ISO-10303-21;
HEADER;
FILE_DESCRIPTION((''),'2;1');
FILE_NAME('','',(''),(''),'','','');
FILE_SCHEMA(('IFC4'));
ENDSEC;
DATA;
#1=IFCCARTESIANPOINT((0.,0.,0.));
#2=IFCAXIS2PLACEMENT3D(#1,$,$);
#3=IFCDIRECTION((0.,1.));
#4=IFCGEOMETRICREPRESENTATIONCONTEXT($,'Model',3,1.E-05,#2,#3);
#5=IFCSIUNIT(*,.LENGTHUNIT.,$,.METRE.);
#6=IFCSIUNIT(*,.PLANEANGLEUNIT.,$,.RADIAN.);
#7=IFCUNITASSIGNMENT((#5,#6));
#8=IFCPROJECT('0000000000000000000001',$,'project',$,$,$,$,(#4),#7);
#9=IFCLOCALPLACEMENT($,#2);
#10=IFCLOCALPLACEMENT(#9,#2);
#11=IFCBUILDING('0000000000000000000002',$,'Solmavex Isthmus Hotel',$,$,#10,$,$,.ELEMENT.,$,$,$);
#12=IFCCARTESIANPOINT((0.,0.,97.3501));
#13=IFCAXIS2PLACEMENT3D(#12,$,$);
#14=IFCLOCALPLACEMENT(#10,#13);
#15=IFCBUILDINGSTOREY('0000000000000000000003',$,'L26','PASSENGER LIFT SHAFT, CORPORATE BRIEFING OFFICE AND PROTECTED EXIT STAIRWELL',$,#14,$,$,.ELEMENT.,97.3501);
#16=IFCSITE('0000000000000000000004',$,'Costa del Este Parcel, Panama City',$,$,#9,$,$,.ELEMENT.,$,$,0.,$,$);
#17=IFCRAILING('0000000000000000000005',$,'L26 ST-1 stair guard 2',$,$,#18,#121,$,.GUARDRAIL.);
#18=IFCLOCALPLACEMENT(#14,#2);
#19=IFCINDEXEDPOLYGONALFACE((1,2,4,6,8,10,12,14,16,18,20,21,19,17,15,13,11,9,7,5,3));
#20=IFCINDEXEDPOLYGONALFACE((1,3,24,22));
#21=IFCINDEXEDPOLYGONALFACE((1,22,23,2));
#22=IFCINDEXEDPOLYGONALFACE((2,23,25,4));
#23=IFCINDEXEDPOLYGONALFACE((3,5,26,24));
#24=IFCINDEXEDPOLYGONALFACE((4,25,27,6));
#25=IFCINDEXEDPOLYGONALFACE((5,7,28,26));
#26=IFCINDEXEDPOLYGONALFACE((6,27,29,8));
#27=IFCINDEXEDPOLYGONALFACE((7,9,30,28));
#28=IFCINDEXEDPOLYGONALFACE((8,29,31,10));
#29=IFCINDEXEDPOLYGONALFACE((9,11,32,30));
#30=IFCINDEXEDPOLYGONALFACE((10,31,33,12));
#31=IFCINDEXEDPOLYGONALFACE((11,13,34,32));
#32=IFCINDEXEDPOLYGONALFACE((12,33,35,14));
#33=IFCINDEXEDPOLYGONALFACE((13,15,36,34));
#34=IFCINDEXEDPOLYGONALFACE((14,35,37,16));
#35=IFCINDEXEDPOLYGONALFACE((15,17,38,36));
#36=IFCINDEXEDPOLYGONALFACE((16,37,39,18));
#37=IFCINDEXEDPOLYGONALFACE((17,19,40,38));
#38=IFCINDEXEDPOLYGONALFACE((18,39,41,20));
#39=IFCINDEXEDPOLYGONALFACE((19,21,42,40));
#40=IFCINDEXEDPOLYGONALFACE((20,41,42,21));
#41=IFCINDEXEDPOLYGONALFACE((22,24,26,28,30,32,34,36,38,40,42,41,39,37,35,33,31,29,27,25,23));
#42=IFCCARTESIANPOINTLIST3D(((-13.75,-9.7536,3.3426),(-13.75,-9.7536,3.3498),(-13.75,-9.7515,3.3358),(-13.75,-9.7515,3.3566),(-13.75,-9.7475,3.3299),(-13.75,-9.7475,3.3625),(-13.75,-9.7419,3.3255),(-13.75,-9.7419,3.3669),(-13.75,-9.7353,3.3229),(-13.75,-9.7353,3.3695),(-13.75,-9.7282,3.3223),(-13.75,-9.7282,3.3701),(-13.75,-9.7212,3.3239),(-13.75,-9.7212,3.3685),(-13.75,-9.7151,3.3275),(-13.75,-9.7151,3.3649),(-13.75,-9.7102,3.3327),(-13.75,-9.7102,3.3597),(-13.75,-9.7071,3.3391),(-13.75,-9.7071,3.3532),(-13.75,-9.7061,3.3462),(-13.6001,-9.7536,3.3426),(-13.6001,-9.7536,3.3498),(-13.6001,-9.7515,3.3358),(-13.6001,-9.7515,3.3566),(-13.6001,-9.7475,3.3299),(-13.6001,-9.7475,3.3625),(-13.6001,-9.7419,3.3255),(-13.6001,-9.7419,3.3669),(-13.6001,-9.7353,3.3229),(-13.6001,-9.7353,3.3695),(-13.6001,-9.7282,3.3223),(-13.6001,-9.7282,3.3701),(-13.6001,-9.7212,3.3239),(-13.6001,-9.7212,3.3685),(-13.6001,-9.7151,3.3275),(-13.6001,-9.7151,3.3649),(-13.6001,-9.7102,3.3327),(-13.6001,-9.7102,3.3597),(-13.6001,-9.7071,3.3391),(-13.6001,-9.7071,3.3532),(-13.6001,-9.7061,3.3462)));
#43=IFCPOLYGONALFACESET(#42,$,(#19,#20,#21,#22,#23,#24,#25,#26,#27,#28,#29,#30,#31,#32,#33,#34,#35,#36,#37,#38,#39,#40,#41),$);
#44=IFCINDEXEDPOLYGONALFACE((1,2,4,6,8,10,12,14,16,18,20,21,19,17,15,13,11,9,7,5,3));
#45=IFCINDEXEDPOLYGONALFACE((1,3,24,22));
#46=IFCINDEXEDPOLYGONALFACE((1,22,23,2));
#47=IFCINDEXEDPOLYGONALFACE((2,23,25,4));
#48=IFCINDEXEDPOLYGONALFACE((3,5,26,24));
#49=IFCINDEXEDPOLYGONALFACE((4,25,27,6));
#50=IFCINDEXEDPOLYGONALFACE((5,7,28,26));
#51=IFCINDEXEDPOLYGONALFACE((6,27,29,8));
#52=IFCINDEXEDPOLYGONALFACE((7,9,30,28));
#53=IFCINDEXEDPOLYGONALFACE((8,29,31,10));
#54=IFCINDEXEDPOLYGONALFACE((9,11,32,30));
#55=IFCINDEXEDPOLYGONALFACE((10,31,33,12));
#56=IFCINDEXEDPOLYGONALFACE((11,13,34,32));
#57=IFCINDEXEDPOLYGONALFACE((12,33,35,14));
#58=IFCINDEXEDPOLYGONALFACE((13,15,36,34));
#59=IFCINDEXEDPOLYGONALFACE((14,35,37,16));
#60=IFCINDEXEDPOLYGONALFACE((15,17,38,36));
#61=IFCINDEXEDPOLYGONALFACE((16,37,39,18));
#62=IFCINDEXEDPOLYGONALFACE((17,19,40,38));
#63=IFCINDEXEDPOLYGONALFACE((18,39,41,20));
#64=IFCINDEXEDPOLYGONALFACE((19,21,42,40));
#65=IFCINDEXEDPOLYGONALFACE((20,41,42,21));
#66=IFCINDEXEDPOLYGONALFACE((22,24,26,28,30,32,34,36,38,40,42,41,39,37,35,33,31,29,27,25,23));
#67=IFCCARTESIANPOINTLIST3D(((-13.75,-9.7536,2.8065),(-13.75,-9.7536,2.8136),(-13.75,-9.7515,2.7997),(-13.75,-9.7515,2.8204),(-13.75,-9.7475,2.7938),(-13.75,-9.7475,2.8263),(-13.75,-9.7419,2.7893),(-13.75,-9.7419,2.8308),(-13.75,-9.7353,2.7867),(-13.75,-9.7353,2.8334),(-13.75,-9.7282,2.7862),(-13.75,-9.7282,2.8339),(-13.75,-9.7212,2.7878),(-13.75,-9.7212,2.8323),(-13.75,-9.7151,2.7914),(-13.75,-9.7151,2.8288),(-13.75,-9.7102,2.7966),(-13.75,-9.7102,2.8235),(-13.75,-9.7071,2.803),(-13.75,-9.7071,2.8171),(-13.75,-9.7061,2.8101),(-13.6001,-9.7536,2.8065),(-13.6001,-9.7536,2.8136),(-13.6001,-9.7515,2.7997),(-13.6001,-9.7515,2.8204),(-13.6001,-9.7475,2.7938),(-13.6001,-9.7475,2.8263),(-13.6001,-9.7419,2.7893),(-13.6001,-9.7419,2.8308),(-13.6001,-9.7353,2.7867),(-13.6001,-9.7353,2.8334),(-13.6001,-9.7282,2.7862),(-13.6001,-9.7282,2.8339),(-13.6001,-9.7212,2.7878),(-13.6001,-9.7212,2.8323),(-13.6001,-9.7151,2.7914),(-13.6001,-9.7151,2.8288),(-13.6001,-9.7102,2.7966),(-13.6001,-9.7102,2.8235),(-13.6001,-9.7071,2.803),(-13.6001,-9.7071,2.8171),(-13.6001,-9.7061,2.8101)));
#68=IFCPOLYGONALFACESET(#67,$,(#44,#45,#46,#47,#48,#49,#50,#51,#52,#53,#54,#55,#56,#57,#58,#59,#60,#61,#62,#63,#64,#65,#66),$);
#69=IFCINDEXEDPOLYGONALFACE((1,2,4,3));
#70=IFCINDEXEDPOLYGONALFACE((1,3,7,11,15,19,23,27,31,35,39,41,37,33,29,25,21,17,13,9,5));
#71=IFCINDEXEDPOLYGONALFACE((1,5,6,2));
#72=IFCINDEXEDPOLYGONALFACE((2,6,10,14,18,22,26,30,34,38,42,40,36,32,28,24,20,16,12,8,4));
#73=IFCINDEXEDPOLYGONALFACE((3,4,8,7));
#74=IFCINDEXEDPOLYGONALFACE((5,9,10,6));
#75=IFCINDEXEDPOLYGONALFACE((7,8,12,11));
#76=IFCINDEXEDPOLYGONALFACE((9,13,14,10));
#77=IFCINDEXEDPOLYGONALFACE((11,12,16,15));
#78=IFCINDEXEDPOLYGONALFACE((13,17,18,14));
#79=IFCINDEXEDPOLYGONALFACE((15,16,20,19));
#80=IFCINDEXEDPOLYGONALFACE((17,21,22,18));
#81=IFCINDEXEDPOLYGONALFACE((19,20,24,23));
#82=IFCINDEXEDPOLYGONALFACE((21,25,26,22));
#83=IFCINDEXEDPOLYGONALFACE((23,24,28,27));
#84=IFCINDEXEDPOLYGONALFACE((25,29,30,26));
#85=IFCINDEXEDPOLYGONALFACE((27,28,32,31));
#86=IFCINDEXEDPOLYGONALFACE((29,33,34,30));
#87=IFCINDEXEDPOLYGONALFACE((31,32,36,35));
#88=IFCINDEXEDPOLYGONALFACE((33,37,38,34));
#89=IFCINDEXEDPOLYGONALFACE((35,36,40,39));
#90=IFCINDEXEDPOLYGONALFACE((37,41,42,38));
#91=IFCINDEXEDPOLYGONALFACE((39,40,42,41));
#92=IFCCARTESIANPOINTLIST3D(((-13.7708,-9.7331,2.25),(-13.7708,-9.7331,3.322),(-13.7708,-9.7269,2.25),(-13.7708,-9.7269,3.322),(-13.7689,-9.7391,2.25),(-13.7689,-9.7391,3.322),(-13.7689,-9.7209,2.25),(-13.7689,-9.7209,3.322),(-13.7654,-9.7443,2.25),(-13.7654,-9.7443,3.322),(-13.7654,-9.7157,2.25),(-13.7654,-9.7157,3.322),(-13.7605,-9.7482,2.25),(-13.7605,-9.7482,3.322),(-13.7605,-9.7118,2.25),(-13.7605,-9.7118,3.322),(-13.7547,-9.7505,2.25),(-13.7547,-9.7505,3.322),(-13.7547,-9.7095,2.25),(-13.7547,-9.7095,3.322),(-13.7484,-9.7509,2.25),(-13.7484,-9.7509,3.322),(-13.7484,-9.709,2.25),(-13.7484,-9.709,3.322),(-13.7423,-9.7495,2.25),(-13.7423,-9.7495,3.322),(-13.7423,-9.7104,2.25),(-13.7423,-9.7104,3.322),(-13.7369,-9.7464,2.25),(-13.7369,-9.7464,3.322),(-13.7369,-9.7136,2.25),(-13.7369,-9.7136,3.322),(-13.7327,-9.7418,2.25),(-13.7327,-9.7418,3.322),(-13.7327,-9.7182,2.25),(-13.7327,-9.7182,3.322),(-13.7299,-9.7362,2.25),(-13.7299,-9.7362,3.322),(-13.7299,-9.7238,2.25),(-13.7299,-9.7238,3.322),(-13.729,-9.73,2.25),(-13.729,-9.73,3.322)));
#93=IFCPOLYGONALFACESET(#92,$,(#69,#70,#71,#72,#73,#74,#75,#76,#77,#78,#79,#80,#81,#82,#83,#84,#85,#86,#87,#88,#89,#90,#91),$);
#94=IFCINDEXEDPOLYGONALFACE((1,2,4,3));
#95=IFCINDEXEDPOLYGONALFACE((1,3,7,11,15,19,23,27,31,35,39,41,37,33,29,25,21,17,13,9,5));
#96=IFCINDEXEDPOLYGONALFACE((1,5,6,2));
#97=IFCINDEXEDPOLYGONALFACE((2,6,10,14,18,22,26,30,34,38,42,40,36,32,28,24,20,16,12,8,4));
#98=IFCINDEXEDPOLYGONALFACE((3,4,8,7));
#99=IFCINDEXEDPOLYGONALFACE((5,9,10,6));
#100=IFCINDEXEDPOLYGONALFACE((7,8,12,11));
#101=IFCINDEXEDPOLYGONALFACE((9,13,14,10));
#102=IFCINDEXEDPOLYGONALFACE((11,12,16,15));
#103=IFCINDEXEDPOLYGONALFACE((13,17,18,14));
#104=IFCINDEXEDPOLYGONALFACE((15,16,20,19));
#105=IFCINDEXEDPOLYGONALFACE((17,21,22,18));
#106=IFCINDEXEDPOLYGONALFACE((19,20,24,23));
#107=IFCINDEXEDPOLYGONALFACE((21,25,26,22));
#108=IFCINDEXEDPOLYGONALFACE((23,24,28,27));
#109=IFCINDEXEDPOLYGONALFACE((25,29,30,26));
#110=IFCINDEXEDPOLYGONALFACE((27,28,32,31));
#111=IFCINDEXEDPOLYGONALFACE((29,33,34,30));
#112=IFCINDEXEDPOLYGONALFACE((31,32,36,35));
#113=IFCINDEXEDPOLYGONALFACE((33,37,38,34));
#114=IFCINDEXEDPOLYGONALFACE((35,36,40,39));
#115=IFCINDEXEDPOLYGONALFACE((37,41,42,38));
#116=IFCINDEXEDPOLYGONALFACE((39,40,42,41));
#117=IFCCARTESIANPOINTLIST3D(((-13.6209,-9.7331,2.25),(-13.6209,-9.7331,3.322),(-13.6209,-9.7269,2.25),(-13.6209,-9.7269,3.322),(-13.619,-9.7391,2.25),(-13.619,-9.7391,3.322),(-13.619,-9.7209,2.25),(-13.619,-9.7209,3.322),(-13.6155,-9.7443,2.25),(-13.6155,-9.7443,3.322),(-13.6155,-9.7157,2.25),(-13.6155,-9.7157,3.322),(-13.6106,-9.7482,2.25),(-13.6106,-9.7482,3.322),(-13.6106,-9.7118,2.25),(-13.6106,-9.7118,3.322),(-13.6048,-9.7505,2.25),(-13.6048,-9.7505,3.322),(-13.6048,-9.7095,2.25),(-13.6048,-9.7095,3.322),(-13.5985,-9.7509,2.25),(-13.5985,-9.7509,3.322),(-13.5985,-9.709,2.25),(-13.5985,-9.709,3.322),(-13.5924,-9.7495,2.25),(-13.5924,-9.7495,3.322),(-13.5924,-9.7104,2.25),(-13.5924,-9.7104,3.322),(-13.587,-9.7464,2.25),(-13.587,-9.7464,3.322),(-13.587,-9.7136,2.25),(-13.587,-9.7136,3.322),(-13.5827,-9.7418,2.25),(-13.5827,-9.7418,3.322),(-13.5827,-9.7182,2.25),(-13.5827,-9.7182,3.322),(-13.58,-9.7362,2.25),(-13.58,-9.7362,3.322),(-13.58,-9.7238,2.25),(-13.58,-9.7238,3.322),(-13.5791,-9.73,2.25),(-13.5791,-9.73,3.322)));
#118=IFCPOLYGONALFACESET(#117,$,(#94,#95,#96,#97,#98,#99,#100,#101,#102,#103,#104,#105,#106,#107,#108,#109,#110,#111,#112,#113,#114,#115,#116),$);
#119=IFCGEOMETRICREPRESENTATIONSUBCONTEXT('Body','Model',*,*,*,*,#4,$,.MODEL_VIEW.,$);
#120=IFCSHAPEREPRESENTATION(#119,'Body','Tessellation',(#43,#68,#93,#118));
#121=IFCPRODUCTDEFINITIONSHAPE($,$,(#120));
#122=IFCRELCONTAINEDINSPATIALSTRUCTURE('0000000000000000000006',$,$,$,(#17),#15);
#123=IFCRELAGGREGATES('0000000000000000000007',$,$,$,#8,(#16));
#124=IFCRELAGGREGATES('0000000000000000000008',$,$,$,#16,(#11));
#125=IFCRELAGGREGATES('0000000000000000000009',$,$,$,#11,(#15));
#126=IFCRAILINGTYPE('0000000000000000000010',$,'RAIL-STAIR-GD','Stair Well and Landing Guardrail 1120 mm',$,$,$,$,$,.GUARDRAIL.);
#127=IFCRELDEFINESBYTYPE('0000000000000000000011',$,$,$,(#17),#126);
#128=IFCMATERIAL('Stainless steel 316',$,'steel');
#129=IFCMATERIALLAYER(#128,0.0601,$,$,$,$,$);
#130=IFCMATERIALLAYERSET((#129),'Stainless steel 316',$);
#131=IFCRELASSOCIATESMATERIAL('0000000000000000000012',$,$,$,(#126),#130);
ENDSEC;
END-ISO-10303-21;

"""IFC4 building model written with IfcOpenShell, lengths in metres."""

from ifc_helpers import new_model, si_unit, direction, frame, origin, origin_2d, place, context, subcontext, project, spatial, circle, extrude, material, layer, layer_set, type_object, element, save


model = new_model("IFC4")

# Units and contexts
model_context = context("Model", 3, precision=1e-05, world=origin(), true_north=direction((0.0, 1.0)))
body_context = subcontext(model_context, "Body", "Model", "MODEL_VIEW")
ifc_project = project(units=[si_unit("LENGTHUNIT", "METRE"), si_unit("PLANEANGLEUNIT", "RADIAN")], contexts=[model_context])

# Site, building, storey
site_placement = place(None, origin())
site = spatial("IfcSite", under=ifc_project, at=site_placement, Name="Costa del Este Parcel, Panama City", CompositionType="ELEMENT", RefElevation=0.0)
building_placement = place(site_placement, origin())
building = spatial("IfcBuilding", under=site, at=building_placement, Name="Solmavex Isthmus Hotel", CompositionType="ELEMENT")
storey_placement = place(building_placement, frame((0.0, 0.0, 97.3501)))
storey = spatial("IfcBuildingStorey", under=building, at=storey_placement, Name="L26", Description="PASSENGER LIFT SHAFT, CORPORATE BRIEFING OFFICE AND PROTECTED EXIT STAIRWELL", CompositionType="ELEMENT", Elevation=97.3501)

# Railing
ifc_material_1 = material(Name="Stainless steel 316", Category="steel")
ifc_layer_1 = layer(ifc_material_1, 0.0601)
ifc_layer_set_1 = layer_set([ifc_layer_1], Name="Stainless steel 316")
railing_type_1 = type_object("IfcRailingType", Name="RAIL-STAIR-GD", Description="Stair Well and Landing Guardrail 1120 mm", PredefinedType="GUARDRAIL", material=ifc_layer_set_1)
railing_1_placement = place(storey_placement, frame((-13.75, -9.73, 2.25)))
element("IfcRailing", 1, at=railing_1_placement, inside=storey, type_object=railing_type_1, Name="L26 ST-1 stair guard 2", PredefinedType="GUARDRAIL", context=body_context, shape_type="SweptSolid", body=[
    extrude(circle(Radius=0.0239, at=origin_2d()), frame((0.0, 0.0, 1.0962), z_axis=(1.0, 0.0, 0.0), x_axis=(0.0, 1.0, 0.0)), (0.0, 0.0, 1.0), 0.1499),
    extrude(circle(Radius=0.0239, at=origin_2d()), frame((0.0, 0.0, 0.5601), z_axis=(1.0, 0.0, 0.0), x_axis=(0.0, 1.0, 0.0)), (0.0, 0.0, 1.0), 0.1499),
    extrude(circle(Radius=0.021, at=origin_2d()), origin(), (0.0, 0.0, 1.0), 1.072),
    extrude(circle(Radius=0.021, at=origin_2d()), frame((0.1499, 0.0, 0.0)), (0.0, 0.0, 1.0), 1.072),
])

save(model, "model.ifc")
